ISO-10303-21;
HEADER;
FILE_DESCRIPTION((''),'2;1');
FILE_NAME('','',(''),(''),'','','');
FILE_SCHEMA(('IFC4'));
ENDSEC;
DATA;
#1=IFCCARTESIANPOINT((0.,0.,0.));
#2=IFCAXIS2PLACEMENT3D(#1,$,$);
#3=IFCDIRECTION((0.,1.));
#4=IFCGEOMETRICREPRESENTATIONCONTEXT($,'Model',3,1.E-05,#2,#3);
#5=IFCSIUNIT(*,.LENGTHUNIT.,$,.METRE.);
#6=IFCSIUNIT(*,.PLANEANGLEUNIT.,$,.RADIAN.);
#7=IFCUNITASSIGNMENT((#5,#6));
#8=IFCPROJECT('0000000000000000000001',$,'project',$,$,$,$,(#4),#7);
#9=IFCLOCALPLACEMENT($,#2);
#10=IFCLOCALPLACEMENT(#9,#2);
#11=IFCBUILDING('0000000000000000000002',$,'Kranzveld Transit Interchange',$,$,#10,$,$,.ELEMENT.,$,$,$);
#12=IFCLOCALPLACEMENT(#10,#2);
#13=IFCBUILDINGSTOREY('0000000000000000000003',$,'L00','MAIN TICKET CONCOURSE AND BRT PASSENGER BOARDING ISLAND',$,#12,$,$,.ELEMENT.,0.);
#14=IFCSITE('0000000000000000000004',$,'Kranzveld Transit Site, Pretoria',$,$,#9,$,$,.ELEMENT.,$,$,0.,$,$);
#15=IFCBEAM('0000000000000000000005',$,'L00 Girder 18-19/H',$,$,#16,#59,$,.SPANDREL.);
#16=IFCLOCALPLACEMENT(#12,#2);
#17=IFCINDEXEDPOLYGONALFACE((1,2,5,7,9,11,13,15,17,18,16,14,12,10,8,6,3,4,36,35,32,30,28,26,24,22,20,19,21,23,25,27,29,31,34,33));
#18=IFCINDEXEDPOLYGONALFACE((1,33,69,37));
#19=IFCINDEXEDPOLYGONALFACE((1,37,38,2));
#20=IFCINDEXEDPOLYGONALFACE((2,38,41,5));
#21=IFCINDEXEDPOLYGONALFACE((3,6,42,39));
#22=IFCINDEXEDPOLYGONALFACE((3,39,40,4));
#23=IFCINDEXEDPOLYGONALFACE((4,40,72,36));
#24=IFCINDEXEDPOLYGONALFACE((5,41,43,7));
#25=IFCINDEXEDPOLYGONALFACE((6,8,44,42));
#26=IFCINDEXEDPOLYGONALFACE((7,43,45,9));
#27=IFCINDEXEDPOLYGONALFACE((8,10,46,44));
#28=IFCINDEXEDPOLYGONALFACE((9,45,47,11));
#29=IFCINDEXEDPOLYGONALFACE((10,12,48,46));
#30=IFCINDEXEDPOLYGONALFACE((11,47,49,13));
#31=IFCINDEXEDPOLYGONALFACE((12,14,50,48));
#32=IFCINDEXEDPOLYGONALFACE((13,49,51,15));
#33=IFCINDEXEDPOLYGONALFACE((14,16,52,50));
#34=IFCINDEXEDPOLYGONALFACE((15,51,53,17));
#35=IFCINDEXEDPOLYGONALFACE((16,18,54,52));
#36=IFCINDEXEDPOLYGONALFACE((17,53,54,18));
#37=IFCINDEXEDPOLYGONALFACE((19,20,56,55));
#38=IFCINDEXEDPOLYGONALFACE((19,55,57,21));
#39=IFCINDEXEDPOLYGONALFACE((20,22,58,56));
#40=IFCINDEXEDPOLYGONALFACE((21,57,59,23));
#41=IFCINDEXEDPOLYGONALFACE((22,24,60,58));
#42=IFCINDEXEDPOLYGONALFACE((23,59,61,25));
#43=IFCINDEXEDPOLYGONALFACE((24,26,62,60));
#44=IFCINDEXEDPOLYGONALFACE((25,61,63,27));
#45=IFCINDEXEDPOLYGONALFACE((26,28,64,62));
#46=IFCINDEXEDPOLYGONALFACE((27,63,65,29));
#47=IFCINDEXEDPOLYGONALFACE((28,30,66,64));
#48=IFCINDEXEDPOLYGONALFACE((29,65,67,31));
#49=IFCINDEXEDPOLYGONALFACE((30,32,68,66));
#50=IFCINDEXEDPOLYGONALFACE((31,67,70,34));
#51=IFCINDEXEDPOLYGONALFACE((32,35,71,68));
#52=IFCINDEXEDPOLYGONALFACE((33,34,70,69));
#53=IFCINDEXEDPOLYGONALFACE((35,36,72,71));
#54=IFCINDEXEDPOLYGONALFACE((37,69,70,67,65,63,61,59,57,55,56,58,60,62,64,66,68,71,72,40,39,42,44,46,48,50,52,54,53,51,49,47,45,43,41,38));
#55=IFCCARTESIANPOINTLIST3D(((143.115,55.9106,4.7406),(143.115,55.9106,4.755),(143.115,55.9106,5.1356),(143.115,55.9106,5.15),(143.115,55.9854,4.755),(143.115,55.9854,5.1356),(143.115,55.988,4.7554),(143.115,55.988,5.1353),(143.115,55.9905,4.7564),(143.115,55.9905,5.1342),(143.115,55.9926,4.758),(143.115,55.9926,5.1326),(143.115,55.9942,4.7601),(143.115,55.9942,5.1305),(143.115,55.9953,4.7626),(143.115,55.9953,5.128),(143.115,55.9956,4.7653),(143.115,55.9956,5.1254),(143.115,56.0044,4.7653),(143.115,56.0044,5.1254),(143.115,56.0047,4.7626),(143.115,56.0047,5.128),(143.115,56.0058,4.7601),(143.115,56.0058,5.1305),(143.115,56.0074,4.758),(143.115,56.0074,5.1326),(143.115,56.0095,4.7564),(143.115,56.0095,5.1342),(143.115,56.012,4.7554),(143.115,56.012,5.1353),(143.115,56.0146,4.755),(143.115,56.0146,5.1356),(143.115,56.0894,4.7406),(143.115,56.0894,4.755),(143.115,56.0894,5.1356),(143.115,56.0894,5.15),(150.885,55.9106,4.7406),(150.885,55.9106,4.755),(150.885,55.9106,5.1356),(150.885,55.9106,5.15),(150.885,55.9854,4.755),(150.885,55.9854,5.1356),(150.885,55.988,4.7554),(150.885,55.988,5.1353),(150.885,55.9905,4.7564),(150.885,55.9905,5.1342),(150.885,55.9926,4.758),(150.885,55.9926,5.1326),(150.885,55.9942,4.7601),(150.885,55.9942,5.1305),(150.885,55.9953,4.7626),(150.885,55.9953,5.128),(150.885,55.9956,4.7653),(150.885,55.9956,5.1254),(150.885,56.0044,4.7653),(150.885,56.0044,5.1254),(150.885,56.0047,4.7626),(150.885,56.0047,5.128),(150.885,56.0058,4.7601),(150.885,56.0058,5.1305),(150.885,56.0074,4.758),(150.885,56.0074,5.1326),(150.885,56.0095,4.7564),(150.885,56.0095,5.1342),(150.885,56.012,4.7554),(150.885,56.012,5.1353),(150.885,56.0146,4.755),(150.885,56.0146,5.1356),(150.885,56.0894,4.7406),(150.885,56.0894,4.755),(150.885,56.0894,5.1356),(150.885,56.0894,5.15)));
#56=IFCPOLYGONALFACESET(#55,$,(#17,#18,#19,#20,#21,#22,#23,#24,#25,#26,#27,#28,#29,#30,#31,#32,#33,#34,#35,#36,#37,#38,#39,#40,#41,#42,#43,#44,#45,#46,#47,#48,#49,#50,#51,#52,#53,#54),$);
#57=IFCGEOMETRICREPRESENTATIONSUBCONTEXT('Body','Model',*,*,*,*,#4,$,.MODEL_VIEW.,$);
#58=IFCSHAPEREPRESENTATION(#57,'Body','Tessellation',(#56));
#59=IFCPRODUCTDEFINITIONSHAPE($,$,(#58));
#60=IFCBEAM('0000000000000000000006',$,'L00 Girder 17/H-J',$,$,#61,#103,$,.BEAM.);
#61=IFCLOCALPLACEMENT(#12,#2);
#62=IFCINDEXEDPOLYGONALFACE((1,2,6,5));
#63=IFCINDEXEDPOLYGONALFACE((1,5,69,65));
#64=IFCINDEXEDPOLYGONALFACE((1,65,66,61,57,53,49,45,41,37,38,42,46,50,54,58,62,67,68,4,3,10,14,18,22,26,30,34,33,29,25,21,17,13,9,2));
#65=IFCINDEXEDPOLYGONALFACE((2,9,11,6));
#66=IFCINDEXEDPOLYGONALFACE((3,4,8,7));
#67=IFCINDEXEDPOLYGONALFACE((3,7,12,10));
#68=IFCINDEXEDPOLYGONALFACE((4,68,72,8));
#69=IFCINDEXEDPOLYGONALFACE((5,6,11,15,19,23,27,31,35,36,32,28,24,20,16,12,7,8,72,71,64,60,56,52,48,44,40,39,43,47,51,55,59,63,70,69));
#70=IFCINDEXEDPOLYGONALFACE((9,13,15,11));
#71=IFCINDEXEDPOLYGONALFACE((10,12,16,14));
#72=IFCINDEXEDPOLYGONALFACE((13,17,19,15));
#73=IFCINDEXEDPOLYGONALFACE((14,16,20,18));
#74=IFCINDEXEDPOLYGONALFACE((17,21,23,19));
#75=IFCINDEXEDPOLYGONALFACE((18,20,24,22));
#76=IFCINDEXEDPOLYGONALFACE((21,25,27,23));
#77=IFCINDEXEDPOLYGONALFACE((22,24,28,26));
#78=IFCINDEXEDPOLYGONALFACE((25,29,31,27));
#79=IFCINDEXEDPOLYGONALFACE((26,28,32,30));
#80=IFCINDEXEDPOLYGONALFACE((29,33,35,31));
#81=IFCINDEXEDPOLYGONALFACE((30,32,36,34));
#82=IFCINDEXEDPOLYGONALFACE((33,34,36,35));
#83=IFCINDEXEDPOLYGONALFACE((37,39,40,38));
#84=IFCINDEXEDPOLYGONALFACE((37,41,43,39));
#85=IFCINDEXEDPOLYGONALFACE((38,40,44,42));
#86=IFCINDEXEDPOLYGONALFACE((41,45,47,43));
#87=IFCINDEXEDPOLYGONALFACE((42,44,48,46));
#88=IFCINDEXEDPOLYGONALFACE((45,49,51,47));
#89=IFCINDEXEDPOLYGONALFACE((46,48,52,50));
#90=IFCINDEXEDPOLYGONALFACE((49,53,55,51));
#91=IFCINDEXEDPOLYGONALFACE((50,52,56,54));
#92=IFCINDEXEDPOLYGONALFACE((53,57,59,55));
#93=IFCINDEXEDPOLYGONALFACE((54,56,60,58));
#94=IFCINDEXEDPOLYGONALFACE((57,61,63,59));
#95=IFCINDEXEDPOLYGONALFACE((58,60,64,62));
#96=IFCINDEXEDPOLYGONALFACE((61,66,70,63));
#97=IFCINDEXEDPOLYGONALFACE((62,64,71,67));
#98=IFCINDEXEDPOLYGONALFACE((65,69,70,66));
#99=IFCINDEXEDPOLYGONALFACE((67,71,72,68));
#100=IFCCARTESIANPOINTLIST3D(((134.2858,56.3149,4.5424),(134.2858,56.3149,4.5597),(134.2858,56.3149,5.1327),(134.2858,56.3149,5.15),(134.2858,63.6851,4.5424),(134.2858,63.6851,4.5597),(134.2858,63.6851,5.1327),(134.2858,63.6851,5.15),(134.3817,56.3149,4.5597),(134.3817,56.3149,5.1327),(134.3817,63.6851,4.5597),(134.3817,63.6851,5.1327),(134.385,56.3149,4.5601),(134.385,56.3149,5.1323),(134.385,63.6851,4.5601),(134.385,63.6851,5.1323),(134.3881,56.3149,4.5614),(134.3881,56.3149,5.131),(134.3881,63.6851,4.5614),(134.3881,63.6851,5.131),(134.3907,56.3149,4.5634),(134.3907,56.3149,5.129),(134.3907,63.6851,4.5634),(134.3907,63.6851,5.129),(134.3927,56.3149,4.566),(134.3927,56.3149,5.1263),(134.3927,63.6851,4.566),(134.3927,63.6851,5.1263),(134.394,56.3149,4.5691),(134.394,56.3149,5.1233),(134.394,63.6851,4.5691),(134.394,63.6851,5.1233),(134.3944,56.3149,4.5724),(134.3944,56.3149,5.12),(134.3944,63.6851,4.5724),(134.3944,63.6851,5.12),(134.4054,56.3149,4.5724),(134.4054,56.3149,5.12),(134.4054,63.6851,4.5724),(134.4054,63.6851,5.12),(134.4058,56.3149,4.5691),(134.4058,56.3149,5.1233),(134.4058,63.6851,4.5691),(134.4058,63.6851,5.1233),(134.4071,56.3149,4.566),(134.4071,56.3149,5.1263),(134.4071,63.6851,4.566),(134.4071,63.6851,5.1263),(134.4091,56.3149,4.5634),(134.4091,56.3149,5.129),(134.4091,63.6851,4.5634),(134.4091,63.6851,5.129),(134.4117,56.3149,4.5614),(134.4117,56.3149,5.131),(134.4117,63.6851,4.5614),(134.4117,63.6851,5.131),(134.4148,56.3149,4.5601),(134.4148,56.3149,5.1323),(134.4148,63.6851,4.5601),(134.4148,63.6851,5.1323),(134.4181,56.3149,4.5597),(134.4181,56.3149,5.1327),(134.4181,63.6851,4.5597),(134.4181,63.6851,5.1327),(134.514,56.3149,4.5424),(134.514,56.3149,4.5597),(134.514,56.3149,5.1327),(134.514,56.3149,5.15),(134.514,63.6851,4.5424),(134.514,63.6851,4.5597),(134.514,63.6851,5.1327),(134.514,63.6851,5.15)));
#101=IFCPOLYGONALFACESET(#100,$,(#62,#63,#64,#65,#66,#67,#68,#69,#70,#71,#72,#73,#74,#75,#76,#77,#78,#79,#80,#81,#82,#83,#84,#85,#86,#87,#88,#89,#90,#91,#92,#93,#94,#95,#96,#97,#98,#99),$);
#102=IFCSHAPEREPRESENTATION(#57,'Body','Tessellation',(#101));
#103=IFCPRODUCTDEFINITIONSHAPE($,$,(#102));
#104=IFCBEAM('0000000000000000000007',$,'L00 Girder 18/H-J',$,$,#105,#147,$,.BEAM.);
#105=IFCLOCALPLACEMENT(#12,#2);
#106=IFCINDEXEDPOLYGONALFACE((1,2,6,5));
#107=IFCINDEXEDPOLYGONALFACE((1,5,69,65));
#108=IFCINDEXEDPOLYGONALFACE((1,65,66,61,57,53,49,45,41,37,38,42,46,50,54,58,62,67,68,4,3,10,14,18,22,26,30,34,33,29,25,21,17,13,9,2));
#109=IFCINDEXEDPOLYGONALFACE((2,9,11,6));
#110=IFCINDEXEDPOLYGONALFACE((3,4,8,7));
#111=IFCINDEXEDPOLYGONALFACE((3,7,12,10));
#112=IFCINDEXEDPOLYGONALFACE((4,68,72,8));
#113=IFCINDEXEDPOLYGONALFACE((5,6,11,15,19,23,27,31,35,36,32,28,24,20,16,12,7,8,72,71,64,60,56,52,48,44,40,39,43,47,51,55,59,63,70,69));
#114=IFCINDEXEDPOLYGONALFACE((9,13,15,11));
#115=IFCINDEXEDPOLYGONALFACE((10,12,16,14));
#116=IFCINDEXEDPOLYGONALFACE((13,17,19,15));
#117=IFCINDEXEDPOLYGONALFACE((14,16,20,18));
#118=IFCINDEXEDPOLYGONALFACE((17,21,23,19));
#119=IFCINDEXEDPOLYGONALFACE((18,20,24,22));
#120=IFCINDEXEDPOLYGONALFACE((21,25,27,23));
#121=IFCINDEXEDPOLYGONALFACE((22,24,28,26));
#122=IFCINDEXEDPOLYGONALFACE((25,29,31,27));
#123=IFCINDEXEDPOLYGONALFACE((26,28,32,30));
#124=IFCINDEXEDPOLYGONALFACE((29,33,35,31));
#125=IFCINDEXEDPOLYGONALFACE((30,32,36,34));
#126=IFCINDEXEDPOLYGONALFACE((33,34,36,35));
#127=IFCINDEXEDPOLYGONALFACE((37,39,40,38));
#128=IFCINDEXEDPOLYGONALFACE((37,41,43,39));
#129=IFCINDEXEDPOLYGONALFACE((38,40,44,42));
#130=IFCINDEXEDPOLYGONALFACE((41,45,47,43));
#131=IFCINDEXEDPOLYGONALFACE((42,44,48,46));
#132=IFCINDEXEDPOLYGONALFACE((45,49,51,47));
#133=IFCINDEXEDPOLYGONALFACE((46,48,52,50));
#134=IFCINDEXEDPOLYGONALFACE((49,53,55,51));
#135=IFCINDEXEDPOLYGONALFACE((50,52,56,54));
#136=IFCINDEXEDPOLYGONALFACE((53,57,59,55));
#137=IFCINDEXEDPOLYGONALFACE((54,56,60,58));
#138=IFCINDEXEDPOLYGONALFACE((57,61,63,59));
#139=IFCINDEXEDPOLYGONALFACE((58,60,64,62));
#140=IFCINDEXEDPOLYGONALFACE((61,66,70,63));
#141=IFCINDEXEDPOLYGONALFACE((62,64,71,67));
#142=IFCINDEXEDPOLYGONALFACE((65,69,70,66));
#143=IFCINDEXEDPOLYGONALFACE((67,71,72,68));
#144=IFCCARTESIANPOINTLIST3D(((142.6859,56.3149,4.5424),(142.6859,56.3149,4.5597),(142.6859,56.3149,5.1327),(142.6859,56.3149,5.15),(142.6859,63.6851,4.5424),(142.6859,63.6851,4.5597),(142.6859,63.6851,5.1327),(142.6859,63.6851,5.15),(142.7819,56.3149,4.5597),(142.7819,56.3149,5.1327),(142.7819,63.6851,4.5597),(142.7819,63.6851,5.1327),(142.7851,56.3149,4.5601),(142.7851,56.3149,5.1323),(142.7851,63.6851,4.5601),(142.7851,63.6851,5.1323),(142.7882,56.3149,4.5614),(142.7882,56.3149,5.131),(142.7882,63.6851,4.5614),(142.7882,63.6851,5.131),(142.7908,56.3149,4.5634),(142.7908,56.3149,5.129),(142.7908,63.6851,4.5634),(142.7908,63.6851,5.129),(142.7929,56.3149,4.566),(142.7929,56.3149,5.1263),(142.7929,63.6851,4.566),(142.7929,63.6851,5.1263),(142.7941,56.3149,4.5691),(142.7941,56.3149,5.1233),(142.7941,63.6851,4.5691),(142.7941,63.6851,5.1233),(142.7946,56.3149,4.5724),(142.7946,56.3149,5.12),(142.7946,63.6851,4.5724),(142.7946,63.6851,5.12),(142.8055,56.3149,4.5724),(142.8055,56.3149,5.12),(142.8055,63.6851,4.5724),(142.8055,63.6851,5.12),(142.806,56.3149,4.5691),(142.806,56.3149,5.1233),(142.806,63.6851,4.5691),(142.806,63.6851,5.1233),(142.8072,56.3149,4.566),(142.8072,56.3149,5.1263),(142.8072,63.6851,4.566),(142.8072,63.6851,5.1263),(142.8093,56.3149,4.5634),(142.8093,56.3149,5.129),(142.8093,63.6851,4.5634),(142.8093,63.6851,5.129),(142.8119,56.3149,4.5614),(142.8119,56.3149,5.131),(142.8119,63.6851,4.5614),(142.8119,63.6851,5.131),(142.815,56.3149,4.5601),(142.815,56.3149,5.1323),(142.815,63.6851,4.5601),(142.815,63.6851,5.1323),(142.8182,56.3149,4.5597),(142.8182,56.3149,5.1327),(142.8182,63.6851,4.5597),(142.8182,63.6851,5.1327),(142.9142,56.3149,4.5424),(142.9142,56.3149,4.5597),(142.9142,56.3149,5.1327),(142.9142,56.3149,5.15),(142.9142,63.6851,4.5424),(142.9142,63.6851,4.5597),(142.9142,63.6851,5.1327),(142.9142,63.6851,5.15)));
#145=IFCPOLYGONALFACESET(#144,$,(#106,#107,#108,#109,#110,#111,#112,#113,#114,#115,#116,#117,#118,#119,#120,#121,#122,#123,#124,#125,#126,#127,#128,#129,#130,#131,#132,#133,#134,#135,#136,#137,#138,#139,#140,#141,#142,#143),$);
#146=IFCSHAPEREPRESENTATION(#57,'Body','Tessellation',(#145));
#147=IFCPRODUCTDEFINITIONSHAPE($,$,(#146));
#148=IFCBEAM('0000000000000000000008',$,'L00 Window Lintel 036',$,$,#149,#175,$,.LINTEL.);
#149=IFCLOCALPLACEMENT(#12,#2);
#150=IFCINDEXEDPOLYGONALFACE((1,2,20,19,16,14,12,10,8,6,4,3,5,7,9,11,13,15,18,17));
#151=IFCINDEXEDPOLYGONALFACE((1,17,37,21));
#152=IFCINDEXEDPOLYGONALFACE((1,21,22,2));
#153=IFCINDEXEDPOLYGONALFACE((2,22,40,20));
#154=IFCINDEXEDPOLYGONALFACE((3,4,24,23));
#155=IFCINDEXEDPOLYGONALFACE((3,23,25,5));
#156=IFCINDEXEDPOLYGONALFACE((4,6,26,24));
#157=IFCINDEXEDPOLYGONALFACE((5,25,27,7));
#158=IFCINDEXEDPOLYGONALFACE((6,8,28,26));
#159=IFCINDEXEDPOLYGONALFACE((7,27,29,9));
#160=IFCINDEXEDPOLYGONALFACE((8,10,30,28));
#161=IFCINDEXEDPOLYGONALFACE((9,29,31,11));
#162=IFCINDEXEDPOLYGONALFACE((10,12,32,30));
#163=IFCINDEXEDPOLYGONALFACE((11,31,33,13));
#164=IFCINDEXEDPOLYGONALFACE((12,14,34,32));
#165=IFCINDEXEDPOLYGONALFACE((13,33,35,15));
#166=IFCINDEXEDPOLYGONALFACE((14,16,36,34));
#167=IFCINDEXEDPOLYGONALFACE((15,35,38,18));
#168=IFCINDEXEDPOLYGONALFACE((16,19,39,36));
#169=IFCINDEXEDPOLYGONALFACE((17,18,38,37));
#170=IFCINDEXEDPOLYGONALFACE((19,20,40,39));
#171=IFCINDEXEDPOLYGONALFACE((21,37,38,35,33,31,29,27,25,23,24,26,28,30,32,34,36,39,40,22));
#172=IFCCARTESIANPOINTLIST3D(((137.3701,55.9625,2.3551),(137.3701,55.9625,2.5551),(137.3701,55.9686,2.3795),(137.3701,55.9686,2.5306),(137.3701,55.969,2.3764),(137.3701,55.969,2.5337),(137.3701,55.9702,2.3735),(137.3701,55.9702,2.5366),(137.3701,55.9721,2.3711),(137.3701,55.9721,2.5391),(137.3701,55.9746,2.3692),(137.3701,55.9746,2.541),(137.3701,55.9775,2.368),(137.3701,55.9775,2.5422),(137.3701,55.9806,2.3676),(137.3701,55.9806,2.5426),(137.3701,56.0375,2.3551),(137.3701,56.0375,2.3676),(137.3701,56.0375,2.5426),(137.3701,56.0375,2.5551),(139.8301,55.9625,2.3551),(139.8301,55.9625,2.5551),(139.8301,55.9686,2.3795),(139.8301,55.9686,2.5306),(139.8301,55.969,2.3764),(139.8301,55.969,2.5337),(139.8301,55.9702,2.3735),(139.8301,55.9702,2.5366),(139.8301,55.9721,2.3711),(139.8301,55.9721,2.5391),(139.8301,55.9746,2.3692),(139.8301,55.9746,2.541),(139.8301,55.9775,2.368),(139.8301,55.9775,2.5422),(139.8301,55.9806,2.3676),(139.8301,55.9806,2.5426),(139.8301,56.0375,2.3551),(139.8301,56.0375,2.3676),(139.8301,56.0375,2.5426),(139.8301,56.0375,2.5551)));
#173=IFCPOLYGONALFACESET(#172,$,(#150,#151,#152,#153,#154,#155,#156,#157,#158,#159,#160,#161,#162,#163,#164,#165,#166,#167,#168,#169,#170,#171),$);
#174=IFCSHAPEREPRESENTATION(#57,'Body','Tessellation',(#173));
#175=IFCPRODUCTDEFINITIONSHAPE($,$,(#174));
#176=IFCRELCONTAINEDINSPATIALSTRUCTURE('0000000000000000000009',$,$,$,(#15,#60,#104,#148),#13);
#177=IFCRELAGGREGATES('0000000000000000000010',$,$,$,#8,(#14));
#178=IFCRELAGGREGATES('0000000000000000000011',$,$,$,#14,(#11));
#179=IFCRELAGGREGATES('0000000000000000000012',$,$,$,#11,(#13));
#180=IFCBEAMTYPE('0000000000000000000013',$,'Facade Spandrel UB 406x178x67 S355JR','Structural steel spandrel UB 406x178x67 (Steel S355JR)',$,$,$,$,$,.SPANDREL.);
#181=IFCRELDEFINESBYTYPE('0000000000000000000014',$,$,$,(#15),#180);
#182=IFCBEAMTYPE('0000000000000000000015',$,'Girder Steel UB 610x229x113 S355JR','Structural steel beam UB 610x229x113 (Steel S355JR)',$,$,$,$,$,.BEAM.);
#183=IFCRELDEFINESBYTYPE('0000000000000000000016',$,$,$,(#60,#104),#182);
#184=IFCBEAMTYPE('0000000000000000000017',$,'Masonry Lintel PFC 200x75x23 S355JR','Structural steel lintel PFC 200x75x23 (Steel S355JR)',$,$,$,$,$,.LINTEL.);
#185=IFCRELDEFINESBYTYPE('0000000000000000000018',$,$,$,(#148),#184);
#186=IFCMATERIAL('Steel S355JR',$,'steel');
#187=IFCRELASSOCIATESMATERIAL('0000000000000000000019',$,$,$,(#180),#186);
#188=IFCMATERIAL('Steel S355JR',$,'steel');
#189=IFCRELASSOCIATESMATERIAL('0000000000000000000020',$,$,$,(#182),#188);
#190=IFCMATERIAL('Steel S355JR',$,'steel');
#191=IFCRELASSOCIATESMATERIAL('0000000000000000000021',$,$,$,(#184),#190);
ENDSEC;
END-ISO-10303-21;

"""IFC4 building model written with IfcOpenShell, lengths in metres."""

from ifc_helpers import new_model, si_unit, direction, frame, origin, origin_2d, place, context, subcontext, project, spatial, i_section, u_section, extrude, material, material_profile, profile_set, type_object, element, save


model = new_model("IFC4")

# Units and contexts
model_context = context("Model", 3, precision=1e-05, world=origin(), true_north=direction((0.0, 1.0)))
body_context = subcontext(model_context, "Body", "Model", "MODEL_VIEW")
ifc_project = project(units=[si_unit("LENGTHUNIT", "METRE"), si_unit("PLANEANGLEUNIT", "RADIAN")], contexts=[model_context])

# Site, building, storey
site_placement = place(None, origin())
site = spatial("IfcSite", under=ifc_project, at=site_placement, Name="Kranzveld Transit Site, Pretoria", CompositionType="ELEMENT", RefElevation=0.0)
building_placement = place(site_placement, origin())
building = spatial("IfcBuilding", under=site, at=building_placement, Name="Kranzveld Transit Interchange", CompositionType="ELEMENT")
storey_placement = place(building_placement, origin())
storey = spatial("IfcBuildingStorey", under=building, at=storey_placement, Name="L00", Description="MAIN TICKET CONCOURSE AND BRT PASSENGER BOARDING ISLAND", CompositionType="ELEMENT", Elevation=0.0)

# Beams
ifc_material_1 = material(Name="Steel S355JR", Category="steel")
ifc_material_profile_1 = material_profile(ifc_material_1, i_section(OverallWidth=0.1787, OverallDepth=0.4094, WebThickness=0.0088, FlangeThickness=0.0144, FilletRadius=0.0103, at=origin_2d()), Name="UB 406x178x67")
ifc_profile_set_1 = profile_set([ifc_material_profile_1], Name="Steel S355JR")
beam_type_1 = type_object("IfcBeamType", Name="Facade Spandrel UB 406x178x67 S355JR", Description="Structural steel spandrel UB 406x178x67 (Steel S355JR)", PredefinedType="SPANDREL", material=ifc_profile_set_1)
for number, where, z_axis, x_axis, name in (
    (1, (143.115, 56.0, 4.9453), (1.0, 0.0, 0.0), (0.0, 1.0, 0.0), "L00 Girder 18-19/H"),
):
    element("IfcBeam", number, at=place(storey_placement, frame(where, z_axis=z_axis, x_axis=x_axis)), inside=storey, type_object=beam_type_1, Name=name, PredefinedType="SPANDREL", context=body_context, shape_type="SweptSolid", body=[
        extrude(i_section(OverallWidth=0.1787, OverallDepth=0.4094, WebThickness=0.0088, FlangeThickness=0.0144, FilletRadius=0.0103, at=origin_2d()), origin(), (0.0, 0.0, 1.0), 7.77),
    ])
ifc_material_2 = material(Name="Steel S355JR", Category="steel")
ifc_material_profile_2 = material_profile(ifc_material_2, i_section(OverallWidth=0.2283, OverallDepth=0.6077, WebThickness=0.011, FlangeThickness=0.0173, FilletRadius=0.0127, at=origin_2d()), Name="UB 610x229x113")
ifc_profile_set_2 = profile_set([ifc_material_profile_2], Name="Steel S355JR")
beam_type_2 = type_object("IfcBeamType", Name="Girder Steel UB 610x229x113 S355JR", Description="Structural steel beam UB 610x229x113 (Steel S355JR)", PredefinedType="BEAM", material=ifc_profile_set_2)
for number, where, z_axis, x_axis, name in (
    (2, (134.3999, 56.3149, 4.8462), (0.0, 1.0, 0.0), (-1.0, 0.0, 0.0), "L00 Girder 17/H-J"),
    (3, (142.8, 56.3149, 4.8462), (0.0, 1.0, 0.0), (-1.0, 0.0, 0.0), "L00 Girder 18/H-J"),
):
    element("IfcBeam", number, at=place(storey_placement, frame(where, z_axis=z_axis, x_axis=x_axis)), inside=storey, type_object=beam_type_2, Name=name, PredefinedType="BEAM", context=body_context, shape_type="SweptSolid", body=[
        extrude(i_section(OverallWidth=0.2283, OverallDepth=0.6077, WebThickness=0.011, FlangeThickness=0.0173, FilletRadius=0.0127, at=origin_2d()), origin(), (0.0, 0.0, 1.0), 7.3701),
    ])
ifc_material_3 = material(Name="Steel S355JR", Category="steel")
ifc_material_profile_3 = material_profile(ifc_material_3, u_section(Depth=0.2, FlangeWidth=0.075, WebThickness=0.0061, FlangeThickness=0.0125, FilletRadius=0.012, at=origin_2d()), Name="PFC 200x75x23")
ifc_profile_set_3 = profile_set([ifc_material_profile_3], Name="Steel S355JR")
beam_type_3 = type_object("IfcBeamType", Name="Masonry Lintel PFC 200x75x23 S355JR", Description="Structural steel lintel PFC 200x75x23 (Steel S355JR)", PredefinedType="LINTEL", material=ifc_profile_set_3)
beam_1_placement = place(storey_placement, frame((137.3701, 56.0, 2.4551), z_axis=(1.0, 0.0, 0.0), x_axis=(0.0, 1.0, 0.0)))
element("IfcBeam", 4, at=beam_1_placement, inside=storey, type_object=beam_type_3, Name="L00 Window Lintel 036", PredefinedType="LINTEL", context=body_context, shape_type="SweptSolid", body=[
    extrude(u_section(Depth=0.2, FlangeWidth=0.075, WebThickness=0.0061, FlangeThickness=0.0125, FilletRadius=0.012, at=origin_2d()), origin(), (0.0, 0.0, 1.0), 2.46),
])

save(model, "model.ifc")
